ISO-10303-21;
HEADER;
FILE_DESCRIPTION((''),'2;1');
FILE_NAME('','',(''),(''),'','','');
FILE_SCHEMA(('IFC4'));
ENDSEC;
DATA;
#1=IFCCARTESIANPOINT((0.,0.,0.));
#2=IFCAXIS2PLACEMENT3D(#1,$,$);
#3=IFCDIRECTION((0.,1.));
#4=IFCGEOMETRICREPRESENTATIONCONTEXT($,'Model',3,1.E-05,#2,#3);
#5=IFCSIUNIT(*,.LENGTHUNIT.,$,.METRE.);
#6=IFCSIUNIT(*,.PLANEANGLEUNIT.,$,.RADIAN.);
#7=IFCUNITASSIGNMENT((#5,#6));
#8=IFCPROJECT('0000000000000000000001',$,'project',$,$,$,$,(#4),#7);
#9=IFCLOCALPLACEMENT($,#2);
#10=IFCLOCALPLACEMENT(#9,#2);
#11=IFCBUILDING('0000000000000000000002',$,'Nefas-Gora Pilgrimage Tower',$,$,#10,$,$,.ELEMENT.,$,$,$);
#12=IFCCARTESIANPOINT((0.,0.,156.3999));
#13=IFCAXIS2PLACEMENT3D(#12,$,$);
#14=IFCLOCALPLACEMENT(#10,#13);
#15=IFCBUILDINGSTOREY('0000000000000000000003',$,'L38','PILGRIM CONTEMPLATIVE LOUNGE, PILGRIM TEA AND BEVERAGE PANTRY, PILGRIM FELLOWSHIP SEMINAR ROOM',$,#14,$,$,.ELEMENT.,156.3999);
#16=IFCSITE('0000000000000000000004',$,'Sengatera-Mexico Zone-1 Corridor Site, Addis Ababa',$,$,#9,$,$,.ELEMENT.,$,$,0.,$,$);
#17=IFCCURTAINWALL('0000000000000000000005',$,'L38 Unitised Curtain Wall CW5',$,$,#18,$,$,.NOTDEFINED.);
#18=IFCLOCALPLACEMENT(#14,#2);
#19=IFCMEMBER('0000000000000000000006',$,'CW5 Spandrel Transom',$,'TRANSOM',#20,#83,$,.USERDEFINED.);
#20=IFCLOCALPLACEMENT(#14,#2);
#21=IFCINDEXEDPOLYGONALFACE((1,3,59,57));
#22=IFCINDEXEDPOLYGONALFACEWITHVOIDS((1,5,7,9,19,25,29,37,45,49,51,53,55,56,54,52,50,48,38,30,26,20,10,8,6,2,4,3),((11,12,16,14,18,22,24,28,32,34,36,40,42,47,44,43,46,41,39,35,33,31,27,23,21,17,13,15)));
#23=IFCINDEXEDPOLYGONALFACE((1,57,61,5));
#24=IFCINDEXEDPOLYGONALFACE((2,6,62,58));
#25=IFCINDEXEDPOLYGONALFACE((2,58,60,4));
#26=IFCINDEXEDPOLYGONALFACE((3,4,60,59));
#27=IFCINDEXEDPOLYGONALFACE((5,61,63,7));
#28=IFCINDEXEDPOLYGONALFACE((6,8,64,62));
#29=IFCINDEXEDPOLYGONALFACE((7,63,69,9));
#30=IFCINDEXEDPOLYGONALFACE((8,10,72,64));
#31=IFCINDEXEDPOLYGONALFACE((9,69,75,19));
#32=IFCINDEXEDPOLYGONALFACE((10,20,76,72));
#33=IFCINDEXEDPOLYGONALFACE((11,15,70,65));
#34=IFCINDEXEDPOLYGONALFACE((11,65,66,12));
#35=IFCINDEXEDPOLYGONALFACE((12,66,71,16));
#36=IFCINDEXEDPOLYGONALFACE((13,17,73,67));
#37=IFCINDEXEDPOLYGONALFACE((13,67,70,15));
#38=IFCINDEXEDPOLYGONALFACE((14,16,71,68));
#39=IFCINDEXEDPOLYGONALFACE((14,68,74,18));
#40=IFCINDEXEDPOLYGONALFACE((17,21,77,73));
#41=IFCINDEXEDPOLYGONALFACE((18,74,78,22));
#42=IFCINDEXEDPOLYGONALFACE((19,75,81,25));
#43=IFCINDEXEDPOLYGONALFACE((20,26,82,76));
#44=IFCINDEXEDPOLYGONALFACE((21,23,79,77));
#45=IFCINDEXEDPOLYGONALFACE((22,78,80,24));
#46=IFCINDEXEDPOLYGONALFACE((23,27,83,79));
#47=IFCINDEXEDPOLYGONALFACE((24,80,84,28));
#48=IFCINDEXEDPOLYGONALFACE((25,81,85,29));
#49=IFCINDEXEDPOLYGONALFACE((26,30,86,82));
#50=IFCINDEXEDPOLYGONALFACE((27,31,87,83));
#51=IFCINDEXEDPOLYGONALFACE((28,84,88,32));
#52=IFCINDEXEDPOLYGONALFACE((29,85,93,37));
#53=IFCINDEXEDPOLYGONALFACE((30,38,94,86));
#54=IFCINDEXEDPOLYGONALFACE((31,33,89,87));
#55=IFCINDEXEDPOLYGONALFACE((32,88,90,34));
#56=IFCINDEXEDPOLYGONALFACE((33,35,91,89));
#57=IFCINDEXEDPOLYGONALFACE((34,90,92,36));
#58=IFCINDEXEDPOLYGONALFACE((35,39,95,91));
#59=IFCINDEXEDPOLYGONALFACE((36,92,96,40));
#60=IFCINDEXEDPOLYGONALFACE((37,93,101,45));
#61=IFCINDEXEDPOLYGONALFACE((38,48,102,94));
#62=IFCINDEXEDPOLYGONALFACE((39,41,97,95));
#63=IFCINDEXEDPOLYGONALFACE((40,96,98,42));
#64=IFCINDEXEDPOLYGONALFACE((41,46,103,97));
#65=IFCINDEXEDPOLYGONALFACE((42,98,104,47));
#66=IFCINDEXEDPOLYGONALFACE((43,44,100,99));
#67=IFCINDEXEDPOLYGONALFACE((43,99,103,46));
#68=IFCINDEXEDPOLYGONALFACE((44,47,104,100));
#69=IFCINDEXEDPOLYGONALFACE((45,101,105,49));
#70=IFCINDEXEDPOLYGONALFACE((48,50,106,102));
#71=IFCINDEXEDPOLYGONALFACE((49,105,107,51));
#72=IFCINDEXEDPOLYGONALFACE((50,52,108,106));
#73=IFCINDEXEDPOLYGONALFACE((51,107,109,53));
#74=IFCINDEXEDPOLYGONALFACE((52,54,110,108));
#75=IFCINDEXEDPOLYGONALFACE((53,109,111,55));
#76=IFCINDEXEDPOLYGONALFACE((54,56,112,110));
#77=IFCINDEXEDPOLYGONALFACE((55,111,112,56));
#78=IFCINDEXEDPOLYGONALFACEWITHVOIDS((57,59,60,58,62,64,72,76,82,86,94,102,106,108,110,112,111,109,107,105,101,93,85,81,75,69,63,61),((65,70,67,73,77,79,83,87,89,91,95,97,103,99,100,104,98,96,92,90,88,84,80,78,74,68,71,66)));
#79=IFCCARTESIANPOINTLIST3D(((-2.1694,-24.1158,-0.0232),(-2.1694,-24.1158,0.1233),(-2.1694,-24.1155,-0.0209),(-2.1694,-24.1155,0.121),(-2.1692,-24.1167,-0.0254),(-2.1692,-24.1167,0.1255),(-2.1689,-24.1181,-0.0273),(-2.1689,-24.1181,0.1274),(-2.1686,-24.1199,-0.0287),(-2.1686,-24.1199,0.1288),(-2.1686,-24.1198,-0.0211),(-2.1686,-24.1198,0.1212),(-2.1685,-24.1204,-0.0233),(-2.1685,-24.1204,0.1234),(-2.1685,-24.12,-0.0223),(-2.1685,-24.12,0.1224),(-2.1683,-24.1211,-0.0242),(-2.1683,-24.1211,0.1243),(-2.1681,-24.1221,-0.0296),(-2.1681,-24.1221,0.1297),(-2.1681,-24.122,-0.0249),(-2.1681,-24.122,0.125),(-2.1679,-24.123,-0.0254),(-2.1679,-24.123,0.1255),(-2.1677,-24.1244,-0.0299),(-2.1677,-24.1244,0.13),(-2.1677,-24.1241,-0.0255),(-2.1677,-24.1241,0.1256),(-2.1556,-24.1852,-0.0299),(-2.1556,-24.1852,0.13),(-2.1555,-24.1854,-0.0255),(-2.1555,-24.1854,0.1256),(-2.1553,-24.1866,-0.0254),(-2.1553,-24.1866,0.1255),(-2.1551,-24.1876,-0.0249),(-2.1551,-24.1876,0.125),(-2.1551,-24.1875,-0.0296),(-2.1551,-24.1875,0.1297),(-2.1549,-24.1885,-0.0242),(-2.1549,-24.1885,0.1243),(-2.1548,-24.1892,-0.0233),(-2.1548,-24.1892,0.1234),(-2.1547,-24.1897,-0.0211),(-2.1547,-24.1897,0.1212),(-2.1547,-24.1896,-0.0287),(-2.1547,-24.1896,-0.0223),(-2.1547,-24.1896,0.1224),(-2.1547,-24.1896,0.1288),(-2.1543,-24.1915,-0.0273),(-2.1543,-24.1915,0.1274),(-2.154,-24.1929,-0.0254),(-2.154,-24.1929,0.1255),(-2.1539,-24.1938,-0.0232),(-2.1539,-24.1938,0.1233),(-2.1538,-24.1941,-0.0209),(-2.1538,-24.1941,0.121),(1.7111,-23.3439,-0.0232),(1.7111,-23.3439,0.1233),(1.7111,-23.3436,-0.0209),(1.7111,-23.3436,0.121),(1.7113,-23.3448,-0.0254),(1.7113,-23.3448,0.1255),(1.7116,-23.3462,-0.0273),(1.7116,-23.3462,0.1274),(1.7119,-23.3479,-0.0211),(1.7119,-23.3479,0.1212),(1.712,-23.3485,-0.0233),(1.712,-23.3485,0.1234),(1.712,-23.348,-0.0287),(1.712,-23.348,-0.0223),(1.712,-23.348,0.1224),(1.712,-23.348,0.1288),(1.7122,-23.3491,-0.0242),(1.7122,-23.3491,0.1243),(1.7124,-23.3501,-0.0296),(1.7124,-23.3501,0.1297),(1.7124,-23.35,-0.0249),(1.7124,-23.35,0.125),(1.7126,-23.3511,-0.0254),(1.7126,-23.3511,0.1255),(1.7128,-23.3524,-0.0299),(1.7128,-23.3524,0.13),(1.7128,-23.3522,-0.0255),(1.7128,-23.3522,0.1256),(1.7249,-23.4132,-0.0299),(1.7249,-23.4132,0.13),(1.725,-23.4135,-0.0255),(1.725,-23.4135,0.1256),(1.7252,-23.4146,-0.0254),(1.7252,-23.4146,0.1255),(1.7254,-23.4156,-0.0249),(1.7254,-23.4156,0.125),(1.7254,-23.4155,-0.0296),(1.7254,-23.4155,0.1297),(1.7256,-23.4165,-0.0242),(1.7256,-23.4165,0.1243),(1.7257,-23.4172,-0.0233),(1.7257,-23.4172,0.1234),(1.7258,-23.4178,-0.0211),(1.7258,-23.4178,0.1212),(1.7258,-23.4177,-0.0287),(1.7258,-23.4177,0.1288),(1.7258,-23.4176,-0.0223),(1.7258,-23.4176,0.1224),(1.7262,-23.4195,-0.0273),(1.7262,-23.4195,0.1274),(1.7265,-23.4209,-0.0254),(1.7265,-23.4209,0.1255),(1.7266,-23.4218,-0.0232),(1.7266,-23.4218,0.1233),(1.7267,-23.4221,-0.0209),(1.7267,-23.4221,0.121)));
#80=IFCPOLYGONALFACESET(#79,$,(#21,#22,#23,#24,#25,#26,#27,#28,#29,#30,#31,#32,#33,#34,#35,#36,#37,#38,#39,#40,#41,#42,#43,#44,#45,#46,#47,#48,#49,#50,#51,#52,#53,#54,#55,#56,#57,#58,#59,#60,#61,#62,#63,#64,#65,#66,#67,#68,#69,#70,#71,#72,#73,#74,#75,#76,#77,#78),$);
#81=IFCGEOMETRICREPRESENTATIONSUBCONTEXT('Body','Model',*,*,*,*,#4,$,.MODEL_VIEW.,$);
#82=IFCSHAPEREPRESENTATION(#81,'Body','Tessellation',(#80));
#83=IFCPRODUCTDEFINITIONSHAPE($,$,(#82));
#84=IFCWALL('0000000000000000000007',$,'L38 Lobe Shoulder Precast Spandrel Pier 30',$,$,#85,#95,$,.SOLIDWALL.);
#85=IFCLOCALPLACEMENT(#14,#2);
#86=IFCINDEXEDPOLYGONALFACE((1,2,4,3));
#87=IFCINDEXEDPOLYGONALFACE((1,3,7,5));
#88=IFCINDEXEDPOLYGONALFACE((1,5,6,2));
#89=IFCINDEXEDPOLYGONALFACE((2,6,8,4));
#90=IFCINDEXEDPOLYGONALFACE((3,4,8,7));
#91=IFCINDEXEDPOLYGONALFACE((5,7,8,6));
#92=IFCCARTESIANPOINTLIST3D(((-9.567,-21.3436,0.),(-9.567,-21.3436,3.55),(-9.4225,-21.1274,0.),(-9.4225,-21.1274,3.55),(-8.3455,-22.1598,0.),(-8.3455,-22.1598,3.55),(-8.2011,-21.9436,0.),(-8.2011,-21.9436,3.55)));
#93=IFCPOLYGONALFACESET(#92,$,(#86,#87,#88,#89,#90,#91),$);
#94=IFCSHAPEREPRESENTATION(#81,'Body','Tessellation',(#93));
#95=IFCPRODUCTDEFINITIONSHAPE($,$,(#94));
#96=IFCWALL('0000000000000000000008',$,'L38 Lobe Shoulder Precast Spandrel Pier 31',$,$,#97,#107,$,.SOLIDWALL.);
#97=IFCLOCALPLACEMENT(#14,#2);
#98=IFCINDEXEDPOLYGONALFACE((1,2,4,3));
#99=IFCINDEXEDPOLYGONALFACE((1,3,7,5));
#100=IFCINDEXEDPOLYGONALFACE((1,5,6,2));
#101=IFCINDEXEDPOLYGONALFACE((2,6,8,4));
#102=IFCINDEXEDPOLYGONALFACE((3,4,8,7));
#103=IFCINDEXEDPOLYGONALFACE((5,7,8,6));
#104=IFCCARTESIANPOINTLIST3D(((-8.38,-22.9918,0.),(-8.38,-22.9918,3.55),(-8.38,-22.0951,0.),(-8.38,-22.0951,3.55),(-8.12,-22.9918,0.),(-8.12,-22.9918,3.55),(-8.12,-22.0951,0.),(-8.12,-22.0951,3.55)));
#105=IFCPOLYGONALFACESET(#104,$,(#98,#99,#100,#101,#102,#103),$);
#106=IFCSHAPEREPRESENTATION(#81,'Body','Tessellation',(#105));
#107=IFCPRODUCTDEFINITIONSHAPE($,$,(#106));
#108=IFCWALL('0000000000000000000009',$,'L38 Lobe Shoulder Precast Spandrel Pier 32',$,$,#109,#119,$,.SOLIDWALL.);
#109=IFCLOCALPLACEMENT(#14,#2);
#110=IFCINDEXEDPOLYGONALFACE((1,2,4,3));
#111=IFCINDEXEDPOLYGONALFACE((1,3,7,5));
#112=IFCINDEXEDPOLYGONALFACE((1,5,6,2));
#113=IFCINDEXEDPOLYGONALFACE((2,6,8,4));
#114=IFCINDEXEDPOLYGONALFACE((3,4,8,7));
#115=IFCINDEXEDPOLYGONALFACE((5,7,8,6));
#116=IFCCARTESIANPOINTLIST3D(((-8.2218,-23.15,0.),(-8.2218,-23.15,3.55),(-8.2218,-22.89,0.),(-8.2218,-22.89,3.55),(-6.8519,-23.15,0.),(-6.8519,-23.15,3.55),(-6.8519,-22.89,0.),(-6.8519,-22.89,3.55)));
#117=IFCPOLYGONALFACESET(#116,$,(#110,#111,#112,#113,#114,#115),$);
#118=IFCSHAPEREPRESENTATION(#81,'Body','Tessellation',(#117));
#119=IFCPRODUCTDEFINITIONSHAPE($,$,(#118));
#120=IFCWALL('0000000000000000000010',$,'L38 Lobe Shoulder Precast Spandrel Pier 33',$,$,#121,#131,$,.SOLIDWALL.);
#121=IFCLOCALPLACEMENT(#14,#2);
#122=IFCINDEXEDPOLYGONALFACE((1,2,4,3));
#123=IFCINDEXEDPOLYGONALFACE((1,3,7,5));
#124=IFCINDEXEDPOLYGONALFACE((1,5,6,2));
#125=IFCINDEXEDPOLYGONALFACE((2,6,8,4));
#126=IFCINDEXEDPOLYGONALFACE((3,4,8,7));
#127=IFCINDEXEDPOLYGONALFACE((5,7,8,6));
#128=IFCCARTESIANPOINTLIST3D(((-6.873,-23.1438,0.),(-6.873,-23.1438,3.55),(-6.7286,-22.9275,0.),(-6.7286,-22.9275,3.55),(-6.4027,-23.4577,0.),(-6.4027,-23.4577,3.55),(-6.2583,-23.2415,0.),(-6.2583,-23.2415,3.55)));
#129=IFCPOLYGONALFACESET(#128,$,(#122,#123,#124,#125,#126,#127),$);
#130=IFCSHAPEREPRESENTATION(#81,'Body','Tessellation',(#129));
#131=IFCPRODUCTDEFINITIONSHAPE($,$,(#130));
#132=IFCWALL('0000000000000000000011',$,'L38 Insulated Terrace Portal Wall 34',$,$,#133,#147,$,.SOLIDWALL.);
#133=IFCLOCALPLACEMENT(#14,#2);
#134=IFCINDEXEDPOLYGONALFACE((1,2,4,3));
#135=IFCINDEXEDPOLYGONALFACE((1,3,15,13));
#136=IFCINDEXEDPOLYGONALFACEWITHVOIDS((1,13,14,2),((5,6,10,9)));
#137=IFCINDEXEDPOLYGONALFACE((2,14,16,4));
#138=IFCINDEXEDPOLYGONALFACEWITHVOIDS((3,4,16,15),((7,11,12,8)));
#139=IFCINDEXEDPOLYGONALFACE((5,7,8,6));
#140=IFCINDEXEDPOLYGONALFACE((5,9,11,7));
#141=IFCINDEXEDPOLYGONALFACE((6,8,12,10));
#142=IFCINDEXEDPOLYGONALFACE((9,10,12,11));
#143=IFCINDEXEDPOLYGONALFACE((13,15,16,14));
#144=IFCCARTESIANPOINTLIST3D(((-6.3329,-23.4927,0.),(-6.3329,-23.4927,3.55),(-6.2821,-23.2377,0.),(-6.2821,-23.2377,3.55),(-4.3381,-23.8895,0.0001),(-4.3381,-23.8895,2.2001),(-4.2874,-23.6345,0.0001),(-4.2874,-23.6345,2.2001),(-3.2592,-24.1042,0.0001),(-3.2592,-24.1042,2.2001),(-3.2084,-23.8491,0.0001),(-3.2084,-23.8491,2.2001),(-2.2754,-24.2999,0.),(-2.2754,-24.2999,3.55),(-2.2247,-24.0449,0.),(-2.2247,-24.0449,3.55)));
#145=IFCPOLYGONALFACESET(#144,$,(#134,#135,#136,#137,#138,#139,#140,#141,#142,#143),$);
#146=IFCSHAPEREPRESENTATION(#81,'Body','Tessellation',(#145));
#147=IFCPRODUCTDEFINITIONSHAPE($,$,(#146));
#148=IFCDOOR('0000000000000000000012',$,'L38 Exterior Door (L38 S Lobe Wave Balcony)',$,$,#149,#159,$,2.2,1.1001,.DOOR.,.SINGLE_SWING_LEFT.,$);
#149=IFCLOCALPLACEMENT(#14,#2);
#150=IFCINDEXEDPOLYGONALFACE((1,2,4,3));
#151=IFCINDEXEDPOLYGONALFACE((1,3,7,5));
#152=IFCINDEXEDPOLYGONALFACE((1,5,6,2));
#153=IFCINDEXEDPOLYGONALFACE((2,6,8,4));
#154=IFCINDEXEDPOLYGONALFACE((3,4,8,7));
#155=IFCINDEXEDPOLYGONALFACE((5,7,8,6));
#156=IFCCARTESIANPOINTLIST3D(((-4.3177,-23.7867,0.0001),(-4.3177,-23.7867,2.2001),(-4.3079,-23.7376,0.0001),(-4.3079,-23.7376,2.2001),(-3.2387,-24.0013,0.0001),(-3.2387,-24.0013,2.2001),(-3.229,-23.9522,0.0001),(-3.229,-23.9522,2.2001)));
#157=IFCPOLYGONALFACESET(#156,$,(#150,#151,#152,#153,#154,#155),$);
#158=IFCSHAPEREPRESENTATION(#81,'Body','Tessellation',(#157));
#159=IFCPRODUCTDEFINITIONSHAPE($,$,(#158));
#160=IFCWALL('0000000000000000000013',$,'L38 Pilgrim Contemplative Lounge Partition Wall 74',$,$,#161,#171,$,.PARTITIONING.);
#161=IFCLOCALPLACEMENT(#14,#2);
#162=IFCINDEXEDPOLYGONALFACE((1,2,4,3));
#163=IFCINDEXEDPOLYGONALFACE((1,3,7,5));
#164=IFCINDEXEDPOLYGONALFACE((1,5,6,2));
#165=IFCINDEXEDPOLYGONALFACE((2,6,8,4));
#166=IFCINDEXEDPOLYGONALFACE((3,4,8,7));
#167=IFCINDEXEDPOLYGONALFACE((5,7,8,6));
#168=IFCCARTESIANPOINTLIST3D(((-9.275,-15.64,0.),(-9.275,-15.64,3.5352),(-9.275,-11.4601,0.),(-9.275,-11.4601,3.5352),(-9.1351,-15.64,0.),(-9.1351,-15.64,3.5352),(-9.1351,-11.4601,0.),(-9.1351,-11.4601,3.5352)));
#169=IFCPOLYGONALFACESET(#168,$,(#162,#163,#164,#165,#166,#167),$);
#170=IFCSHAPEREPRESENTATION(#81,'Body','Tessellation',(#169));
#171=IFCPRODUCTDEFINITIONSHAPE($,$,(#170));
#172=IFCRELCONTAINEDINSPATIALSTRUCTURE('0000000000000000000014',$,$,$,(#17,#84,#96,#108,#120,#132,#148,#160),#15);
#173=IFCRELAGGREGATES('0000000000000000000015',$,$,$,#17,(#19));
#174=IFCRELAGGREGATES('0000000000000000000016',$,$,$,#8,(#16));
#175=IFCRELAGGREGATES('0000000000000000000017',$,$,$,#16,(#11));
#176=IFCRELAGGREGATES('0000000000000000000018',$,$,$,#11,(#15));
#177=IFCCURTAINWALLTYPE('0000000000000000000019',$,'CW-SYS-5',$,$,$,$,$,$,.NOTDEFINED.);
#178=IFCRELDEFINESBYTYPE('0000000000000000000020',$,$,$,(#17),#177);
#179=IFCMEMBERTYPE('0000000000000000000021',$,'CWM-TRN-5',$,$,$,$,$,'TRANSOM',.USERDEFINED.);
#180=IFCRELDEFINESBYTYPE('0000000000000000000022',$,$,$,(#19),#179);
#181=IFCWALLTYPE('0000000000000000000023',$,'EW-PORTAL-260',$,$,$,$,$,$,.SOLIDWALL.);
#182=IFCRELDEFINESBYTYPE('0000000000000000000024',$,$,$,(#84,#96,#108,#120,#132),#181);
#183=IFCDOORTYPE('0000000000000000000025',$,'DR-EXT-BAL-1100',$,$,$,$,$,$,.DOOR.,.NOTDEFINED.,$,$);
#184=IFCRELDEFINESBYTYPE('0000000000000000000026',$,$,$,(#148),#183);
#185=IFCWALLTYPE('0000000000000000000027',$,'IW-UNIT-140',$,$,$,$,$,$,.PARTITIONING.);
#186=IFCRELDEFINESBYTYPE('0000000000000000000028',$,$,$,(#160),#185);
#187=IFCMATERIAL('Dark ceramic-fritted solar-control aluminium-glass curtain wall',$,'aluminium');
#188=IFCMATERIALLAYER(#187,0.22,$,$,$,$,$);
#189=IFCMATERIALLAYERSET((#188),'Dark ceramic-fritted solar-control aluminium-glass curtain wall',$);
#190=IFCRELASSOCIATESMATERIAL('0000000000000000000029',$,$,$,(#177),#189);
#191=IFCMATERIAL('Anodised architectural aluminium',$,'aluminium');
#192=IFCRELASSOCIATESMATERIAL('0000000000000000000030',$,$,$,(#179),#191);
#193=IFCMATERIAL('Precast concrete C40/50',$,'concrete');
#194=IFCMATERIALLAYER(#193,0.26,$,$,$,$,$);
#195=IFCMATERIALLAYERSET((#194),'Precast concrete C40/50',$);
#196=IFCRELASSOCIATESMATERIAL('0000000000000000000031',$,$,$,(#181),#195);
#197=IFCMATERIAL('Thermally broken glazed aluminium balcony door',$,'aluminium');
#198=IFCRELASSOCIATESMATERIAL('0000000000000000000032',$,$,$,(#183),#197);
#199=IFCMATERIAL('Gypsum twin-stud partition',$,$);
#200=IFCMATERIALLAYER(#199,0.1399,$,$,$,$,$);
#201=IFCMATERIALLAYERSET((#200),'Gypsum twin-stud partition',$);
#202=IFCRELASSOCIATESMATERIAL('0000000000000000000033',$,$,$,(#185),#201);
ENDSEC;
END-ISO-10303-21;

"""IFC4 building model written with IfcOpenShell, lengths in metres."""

from ifc_helpers import new_model, si_unit, direction, frame, frame_2d, origin, origin_2d, place, context, subcontext, project, spatial, rectangle, hollow_rectangle, extrude, source, transform, mapped, material, layer, layer_set, material_profile, profile_set, type_object, element, fill, aggregate, save


model = new_model("IFC4")

# Units and contexts
model_context = context("Model", 3, precision=1e-05, world=origin(), true_north=direction((0.0, 1.0)))
body_context = subcontext(model_context, "Body", "Model", "MODEL_VIEW")
ifc_project = project(units=[si_unit("LENGTHUNIT", "METRE"), si_unit("PLANEANGLEUNIT", "RADIAN")], contexts=[model_context])

# Site, building, storey
site_placement = place(None, origin())
site = spatial("IfcSite", under=ifc_project, at=site_placement, Name="Sengatera-Mexico Zone-1 Corridor Site, Addis Ababa", CompositionType="ELEMENT", RefElevation=0.0)
building_placement = place(site_placement, origin())
building = spatial("IfcBuilding", under=site, at=building_placement, Name="Nefas-Gora Pilgrimage Tower", CompositionType="ELEMENT")
storey_placement = place(building_placement, frame((0.0, 0.0, 156.3999)))
storey = spatial("IfcBuildingStorey", under=building, at=storey_placement, Name="L38", Description="PILGRIM CONTEMPLATIVE LOUNGE, PILGRIM TEA AND BEVERAGE PANTRY, PILGRIM FELLOWSHIP SEMINAR ROOM", CompositionType="ELEMENT", Elevation=156.3999)

# Shared definitions
ifc_material_1 = material(Name="Dark ceramic-fritted solar-control aluminium-glass curtain wall", Category="aluminium")
ifc_layer_1 = layer(ifc_material_1, 0.22)
ifc_layer_set_1 = layer_set([ifc_layer_1], Name="Dark ceramic-fritted solar-control aluminium-glass curtain wall")
curtain_wall_type = type_object("IfcCurtainWallType", Name="CW-SYS-5", PredefinedType="NOTDEFINED", material=ifc_layer_set_1)
ifc_material_2 = material(Name="Anodised architectural aluminium", Category="aluminium")

# Curtain wall, member
curtain_wall_1_placement = place(storey_placement, origin())
curtain_wall_1 = element("IfcCurtainWall", 1, at=curtain_wall_1_placement, inside=storey, type_object=curtain_wall_type, Name="L38 Unitised Curtain Wall CW5", PredefinedType="NOTDEFINED")
ifc_material_profile_1 = material_profile(ifc_material_2, hollow_rectangle(XDim=0.0801, YDim=0.1599, WallThickness=0.0044, InnerFilletRadius=0.0044, OuterFilletRadius=0.009, at=origin_2d()), Name="ALU TRANSOM 80x160")
ifc_profile_set_1 = profile_set([ifc_material_profile_1], Name="Anodised architectural aluminium")
member_type_1 = type_object("IfcMemberType", Name="CWM-TRN-5", ElementType="TRANSOM", PredefinedType="USERDEFINED", material=ifc_profile_set_1)
shared_shape_1 = source(origin(), body_context, "Body", "SweptSolid", [
    extrude(hollow_rectangle(XDim=0.0801, YDim=0.1599, WallThickness=0.0044, InnerFilletRadius=0.0044, OuterFilletRadius=0.009, at=origin_2d()), origin(), (0.0, 0.0, 1.0), 3.9565),
])
member_1_placement = place(storey_placement, frame((-2.1616, -24.1548, 0.05), z_axis=(0.980782, 0.195107, 0.0), x_axis=(-0.195107, 0.980782, 0.0)))
member_1 = element("IfcMember", 2, at=member_1_placement, type_object=member_type_1, Name="CW5 Spandrel Transom", ObjectType="TRANSOM", PredefinedType="USERDEFINED", context=body_context, shape_type="MappedRepresentation", body=[
    mapped(shared_shape_1, transform((0.0, 0.0, 0.0), x_axis=(1.0, 0.0, 0.0), y_axis=(0.0, 1.0, 0.0), z_axis=(0.0, 0.0, 1.0), scale=1.0)),
])
aggregate(curtain_wall_1, [member_1])

# Walls
ifc_material_3 = material(Name="Precast concrete C40/50", Category="concrete")
ifc_layer_2 = layer(ifc_material_3, 0.26)
ifc_layer_set_2 = layer_set([ifc_layer_2], Name="Precast concrete C40/50")
wall_type_1 = type_object("IfcWallType", Name="EW-PORTAL-260", PredefinedType="SOLIDWALL", material=ifc_layer_set_2)
shared_shape_2 = source(origin(), body_context, "Body", "SweptSolid", [
    extrude(rectangle(XDim=1.469, YDim=0.26, at=frame_2d((0.7344, 0.0))), origin(), (0.0, 0.0, 1.0), 3.55),
])
wall_1_placement = place(storey_placement, frame((-9.4946, -21.2356, 0.0), z_axis=(0.0, 0.0, 1.0), x_axis=(0.831462, -0.555582, 0.0)))
element("IfcWall", 3, at=wall_1_placement, inside=storey, type_object=wall_type_1, Name="L38 Lobe Shoulder Precast Spandrel Pier 30", PredefinedType="SOLIDWALL", context=body_context, shape_type="MappedRepresentation", body=[
    mapped(shared_shape_2, transform((0.0, 0.0, 0.0), x_axis=(1.0, 0.0, 0.0), y_axis=(0.0, 1.0, 0.0), z_axis=(0.0, 0.0, 1.0), scale=1.0)),
])
shared_shape_3 = source(origin(), body_context, "Body", "SweptSolid", [
    extrude(rectangle(XDim=0.8967, YDim=0.26, at=frame_2d((0.4482, 0.0))), origin(), (0.0, 0.0, 1.0), 3.55),
])
wall_2_placement = place(storey_placement, frame((-8.25, -22.0952, 0.0), z_axis=(0.0, 0.0, 1.0), x_axis=(0.0, -1.0, 0.0)))
element("IfcWall", 4, at=wall_2_placement, inside=storey, type_object=wall_type_1, Name="L38 Lobe Shoulder Precast Spandrel Pier 31", PredefinedType="SOLIDWALL", context=body_context, shape_type="MappedRepresentation", body=[
    mapped(shared_shape_3, transform((0.0, 0.0, 0.0), x_axis=(1.0, 0.0, 0.0), y_axis=(0.0, 1.0, 0.0), z_axis=(0.0, 0.0, 1.0), scale=1.0)),
])
shared_shape_4 = source(origin(), body_context, "Body", "SweptSolid", [
    extrude(rectangle(XDim=1.3699, YDim=0.26, at=frame_2d((0.6851, 0.0))), origin(), (0.0, 0.0, 1.0), 3.55),
])
wall_3_placement = place(storey_placement, frame((-8.2219, -23.02, 0.0), z_axis=(0.0, 0.0, 1.0), x_axis=(1.0, 0.0, 0.0)))
element("IfcWall", 5, at=wall_3_placement, inside=storey, type_object=wall_type_1, Name="L38 Lobe Shoulder Precast Spandrel Pier 32", PredefinedType="SOLIDWALL", context=body_context, shape_type="MappedRepresentation", body=[
    mapped(shared_shape_4, transform((0.0, 0.0, 0.0), x_axis=(1.0, 0.0, 0.0), y_axis=(0.0, 1.0, 0.0), z_axis=(0.0, 0.0, 1.0), scale=1.0)),
])
shared_shape_5 = source(origin(), body_context, "Body", "SweptSolid", [
    extrude(rectangle(XDim=0.5654, YDim=0.26, at=frame_2d((0.2827, 0.0))), origin(), (0.0, 0.0, 1.0), 3.55),
])
wall_4_placement = place(storey_placement, frame((-6.8008, -23.0356, 0.0), z_axis=(0.0, 0.0, 1.0), x_axis=(0.831651, -0.555298, 0.0)))
element("IfcWall", 6, at=wall_4_placement, inside=storey, type_object=wall_type_1, Name="L38 Lobe Shoulder Precast Spandrel Pier 33", PredefinedType="SOLIDWALL", context=body_context, shape_type="MappedRepresentation", body=[
    mapped(shared_shape_5, transform((0.0, 0.0, 0.0), x_axis=(1.0, 0.0, 0.0), y_axis=(0.0, 1.0, 0.0), z_axis=(0.0, 0.0, 1.0), scale=1.0)),
])

# Wall, opening, door
shared_shape_6 = source(origin(), body_context, "Body", "SweptSolid", [
    extrude(rectangle(XDim=4.137, YDim=0.26, at=frame_2d((2.0684, 0.0))), origin(), (0.0, 0.0, 1.0), 3.55),
])
wall_5_placement = place(storey_placement, frame((-6.3074, -23.3652, 0.0), z_axis=(0.0, 0.0, 1.0), x_axis=(0.980782, -0.195106, 0.0)))
wall_5 = element("IfcWall", 7, at=wall_5_placement, inside=storey, type_object=wall_type_1, Name="L38 Insulated Terrace Portal Wall 34", PredefinedType="SOLIDWALL", context=body_context, shape_type="MappedRepresentation", body=[
    mapped(shared_shape_6, transform((0.0, 0.0, 0.0), x_axis=(1.0, 0.0, 0.0), y_axis=(0.0, 1.0, 0.0), z_axis=(0.0, 0.0, 1.0), scale=1.0)),
])
opening_1_placement = place(wall_5_placement, frame((2.0337, 0.0, 0.0)))
opening_1 = element("IfcOpeningElement", 8, at=opening_1_placement, cuts=wall_5, PredefinedType="OPENING", context=body_context, shape_type="SweptSolid", body=[
    extrude(rectangle(XDim=1.1001, YDim=2.2, at=frame_2d((0.55, 1.1001))), frame((0.0, 0.1399, 0.0), z_axis=(0.0, -1.0, 0.0), x_axis=(1.0, 0.0, 0.0)), (0.0, 0.0, 1.0), 0.28),
])
ifc_material_4 = material(Name="Thermally broken glazed aluminium balcony door", Category="aluminium")
door_type_1 = type_object("IfcDoorType", Name="DR-EXT-BAL-1100", OperationType="NOTDEFINED", PredefinedType="DOOR", material=ifc_material_4)
shared_shape_7 = source(origin(), body_context, "Body", "SweptSolid", [
    extrude(rectangle(XDim=1.1001, YDim=2.2, at=frame_2d((0.55, 1.1001))), frame((0.0, 0.0249, 0.0), z_axis=(0.0, -1.0, 0.0), x_axis=(1.0, 0.0, 0.0)), (0.0, 0.0, 1.0), 0.05),
])
door_1_placement = place(opening_1_placement, origin())
door_1 = element("IfcDoor", 9, at=door_1_placement, inside=storey, type_object=door_type_1, Name="L38 Exterior Door (L38 S Lobe Wave Balcony)", OperationType="SINGLE_SWING_LEFT", OverallHeight=2.2, OverallWidth=1.1001, PredefinedType="DOOR", context=body_context, shape_type="MappedRepresentation", body=[
    mapped(shared_shape_7, transform((0.0, 0.0, 0.0), x_axis=(1.0, 0.0, 0.0), y_axis=(0.0, 1.0, 0.0), z_axis=(0.0, 0.0, 1.0), scale=1.0)),
])
fill(opening_1, door_1)

# Wall
ifc_material_5 = material(Name="Gypsum twin-stud partition")
ifc_layer_3 = layer(ifc_material_5, 0.1399)
ifc_layer_set_3 = layer_set([ifc_layer_3], Name="Gypsum twin-stud partition")
wall_type_2 = type_object("IfcWallType", Name="IW-UNIT-140", PredefinedType="PARTITIONING", material=ifc_layer_set_3)
shared_shape_8 = source(origin(), body_context, "Body", "SweptSolid", [
    extrude(rectangle(XDim=4.1799, YDim=0.1399, at=frame_2d((2.0898, 0.0))), origin(), (0.0, 0.0, 1.0), 3.5352),
])
wall_6_placement = place(storey_placement, frame((-9.2051, -15.6399, 0.0), z_axis=(0.0, 0.0, 1.0), x_axis=(0.0, 1.0, 0.0)))
element("IfcWall", 10, at=wall_6_placement, inside=storey, type_object=wall_type_2, Name="L38 Pilgrim Contemplative Lounge Partition Wall 74", PredefinedType="PARTITIONING", context=body_context, shape_type="MappedRepresentation", body=[
    mapped(shared_shape_8, transform((0.0, 0.0, 0.0), x_axis=(1.0, 0.0, 0.0), y_axis=(0.0, 1.0, 0.0), z_axis=(0.0, 0.0, 1.0), scale=1.0)),
])

save(model, "model.ifc")
